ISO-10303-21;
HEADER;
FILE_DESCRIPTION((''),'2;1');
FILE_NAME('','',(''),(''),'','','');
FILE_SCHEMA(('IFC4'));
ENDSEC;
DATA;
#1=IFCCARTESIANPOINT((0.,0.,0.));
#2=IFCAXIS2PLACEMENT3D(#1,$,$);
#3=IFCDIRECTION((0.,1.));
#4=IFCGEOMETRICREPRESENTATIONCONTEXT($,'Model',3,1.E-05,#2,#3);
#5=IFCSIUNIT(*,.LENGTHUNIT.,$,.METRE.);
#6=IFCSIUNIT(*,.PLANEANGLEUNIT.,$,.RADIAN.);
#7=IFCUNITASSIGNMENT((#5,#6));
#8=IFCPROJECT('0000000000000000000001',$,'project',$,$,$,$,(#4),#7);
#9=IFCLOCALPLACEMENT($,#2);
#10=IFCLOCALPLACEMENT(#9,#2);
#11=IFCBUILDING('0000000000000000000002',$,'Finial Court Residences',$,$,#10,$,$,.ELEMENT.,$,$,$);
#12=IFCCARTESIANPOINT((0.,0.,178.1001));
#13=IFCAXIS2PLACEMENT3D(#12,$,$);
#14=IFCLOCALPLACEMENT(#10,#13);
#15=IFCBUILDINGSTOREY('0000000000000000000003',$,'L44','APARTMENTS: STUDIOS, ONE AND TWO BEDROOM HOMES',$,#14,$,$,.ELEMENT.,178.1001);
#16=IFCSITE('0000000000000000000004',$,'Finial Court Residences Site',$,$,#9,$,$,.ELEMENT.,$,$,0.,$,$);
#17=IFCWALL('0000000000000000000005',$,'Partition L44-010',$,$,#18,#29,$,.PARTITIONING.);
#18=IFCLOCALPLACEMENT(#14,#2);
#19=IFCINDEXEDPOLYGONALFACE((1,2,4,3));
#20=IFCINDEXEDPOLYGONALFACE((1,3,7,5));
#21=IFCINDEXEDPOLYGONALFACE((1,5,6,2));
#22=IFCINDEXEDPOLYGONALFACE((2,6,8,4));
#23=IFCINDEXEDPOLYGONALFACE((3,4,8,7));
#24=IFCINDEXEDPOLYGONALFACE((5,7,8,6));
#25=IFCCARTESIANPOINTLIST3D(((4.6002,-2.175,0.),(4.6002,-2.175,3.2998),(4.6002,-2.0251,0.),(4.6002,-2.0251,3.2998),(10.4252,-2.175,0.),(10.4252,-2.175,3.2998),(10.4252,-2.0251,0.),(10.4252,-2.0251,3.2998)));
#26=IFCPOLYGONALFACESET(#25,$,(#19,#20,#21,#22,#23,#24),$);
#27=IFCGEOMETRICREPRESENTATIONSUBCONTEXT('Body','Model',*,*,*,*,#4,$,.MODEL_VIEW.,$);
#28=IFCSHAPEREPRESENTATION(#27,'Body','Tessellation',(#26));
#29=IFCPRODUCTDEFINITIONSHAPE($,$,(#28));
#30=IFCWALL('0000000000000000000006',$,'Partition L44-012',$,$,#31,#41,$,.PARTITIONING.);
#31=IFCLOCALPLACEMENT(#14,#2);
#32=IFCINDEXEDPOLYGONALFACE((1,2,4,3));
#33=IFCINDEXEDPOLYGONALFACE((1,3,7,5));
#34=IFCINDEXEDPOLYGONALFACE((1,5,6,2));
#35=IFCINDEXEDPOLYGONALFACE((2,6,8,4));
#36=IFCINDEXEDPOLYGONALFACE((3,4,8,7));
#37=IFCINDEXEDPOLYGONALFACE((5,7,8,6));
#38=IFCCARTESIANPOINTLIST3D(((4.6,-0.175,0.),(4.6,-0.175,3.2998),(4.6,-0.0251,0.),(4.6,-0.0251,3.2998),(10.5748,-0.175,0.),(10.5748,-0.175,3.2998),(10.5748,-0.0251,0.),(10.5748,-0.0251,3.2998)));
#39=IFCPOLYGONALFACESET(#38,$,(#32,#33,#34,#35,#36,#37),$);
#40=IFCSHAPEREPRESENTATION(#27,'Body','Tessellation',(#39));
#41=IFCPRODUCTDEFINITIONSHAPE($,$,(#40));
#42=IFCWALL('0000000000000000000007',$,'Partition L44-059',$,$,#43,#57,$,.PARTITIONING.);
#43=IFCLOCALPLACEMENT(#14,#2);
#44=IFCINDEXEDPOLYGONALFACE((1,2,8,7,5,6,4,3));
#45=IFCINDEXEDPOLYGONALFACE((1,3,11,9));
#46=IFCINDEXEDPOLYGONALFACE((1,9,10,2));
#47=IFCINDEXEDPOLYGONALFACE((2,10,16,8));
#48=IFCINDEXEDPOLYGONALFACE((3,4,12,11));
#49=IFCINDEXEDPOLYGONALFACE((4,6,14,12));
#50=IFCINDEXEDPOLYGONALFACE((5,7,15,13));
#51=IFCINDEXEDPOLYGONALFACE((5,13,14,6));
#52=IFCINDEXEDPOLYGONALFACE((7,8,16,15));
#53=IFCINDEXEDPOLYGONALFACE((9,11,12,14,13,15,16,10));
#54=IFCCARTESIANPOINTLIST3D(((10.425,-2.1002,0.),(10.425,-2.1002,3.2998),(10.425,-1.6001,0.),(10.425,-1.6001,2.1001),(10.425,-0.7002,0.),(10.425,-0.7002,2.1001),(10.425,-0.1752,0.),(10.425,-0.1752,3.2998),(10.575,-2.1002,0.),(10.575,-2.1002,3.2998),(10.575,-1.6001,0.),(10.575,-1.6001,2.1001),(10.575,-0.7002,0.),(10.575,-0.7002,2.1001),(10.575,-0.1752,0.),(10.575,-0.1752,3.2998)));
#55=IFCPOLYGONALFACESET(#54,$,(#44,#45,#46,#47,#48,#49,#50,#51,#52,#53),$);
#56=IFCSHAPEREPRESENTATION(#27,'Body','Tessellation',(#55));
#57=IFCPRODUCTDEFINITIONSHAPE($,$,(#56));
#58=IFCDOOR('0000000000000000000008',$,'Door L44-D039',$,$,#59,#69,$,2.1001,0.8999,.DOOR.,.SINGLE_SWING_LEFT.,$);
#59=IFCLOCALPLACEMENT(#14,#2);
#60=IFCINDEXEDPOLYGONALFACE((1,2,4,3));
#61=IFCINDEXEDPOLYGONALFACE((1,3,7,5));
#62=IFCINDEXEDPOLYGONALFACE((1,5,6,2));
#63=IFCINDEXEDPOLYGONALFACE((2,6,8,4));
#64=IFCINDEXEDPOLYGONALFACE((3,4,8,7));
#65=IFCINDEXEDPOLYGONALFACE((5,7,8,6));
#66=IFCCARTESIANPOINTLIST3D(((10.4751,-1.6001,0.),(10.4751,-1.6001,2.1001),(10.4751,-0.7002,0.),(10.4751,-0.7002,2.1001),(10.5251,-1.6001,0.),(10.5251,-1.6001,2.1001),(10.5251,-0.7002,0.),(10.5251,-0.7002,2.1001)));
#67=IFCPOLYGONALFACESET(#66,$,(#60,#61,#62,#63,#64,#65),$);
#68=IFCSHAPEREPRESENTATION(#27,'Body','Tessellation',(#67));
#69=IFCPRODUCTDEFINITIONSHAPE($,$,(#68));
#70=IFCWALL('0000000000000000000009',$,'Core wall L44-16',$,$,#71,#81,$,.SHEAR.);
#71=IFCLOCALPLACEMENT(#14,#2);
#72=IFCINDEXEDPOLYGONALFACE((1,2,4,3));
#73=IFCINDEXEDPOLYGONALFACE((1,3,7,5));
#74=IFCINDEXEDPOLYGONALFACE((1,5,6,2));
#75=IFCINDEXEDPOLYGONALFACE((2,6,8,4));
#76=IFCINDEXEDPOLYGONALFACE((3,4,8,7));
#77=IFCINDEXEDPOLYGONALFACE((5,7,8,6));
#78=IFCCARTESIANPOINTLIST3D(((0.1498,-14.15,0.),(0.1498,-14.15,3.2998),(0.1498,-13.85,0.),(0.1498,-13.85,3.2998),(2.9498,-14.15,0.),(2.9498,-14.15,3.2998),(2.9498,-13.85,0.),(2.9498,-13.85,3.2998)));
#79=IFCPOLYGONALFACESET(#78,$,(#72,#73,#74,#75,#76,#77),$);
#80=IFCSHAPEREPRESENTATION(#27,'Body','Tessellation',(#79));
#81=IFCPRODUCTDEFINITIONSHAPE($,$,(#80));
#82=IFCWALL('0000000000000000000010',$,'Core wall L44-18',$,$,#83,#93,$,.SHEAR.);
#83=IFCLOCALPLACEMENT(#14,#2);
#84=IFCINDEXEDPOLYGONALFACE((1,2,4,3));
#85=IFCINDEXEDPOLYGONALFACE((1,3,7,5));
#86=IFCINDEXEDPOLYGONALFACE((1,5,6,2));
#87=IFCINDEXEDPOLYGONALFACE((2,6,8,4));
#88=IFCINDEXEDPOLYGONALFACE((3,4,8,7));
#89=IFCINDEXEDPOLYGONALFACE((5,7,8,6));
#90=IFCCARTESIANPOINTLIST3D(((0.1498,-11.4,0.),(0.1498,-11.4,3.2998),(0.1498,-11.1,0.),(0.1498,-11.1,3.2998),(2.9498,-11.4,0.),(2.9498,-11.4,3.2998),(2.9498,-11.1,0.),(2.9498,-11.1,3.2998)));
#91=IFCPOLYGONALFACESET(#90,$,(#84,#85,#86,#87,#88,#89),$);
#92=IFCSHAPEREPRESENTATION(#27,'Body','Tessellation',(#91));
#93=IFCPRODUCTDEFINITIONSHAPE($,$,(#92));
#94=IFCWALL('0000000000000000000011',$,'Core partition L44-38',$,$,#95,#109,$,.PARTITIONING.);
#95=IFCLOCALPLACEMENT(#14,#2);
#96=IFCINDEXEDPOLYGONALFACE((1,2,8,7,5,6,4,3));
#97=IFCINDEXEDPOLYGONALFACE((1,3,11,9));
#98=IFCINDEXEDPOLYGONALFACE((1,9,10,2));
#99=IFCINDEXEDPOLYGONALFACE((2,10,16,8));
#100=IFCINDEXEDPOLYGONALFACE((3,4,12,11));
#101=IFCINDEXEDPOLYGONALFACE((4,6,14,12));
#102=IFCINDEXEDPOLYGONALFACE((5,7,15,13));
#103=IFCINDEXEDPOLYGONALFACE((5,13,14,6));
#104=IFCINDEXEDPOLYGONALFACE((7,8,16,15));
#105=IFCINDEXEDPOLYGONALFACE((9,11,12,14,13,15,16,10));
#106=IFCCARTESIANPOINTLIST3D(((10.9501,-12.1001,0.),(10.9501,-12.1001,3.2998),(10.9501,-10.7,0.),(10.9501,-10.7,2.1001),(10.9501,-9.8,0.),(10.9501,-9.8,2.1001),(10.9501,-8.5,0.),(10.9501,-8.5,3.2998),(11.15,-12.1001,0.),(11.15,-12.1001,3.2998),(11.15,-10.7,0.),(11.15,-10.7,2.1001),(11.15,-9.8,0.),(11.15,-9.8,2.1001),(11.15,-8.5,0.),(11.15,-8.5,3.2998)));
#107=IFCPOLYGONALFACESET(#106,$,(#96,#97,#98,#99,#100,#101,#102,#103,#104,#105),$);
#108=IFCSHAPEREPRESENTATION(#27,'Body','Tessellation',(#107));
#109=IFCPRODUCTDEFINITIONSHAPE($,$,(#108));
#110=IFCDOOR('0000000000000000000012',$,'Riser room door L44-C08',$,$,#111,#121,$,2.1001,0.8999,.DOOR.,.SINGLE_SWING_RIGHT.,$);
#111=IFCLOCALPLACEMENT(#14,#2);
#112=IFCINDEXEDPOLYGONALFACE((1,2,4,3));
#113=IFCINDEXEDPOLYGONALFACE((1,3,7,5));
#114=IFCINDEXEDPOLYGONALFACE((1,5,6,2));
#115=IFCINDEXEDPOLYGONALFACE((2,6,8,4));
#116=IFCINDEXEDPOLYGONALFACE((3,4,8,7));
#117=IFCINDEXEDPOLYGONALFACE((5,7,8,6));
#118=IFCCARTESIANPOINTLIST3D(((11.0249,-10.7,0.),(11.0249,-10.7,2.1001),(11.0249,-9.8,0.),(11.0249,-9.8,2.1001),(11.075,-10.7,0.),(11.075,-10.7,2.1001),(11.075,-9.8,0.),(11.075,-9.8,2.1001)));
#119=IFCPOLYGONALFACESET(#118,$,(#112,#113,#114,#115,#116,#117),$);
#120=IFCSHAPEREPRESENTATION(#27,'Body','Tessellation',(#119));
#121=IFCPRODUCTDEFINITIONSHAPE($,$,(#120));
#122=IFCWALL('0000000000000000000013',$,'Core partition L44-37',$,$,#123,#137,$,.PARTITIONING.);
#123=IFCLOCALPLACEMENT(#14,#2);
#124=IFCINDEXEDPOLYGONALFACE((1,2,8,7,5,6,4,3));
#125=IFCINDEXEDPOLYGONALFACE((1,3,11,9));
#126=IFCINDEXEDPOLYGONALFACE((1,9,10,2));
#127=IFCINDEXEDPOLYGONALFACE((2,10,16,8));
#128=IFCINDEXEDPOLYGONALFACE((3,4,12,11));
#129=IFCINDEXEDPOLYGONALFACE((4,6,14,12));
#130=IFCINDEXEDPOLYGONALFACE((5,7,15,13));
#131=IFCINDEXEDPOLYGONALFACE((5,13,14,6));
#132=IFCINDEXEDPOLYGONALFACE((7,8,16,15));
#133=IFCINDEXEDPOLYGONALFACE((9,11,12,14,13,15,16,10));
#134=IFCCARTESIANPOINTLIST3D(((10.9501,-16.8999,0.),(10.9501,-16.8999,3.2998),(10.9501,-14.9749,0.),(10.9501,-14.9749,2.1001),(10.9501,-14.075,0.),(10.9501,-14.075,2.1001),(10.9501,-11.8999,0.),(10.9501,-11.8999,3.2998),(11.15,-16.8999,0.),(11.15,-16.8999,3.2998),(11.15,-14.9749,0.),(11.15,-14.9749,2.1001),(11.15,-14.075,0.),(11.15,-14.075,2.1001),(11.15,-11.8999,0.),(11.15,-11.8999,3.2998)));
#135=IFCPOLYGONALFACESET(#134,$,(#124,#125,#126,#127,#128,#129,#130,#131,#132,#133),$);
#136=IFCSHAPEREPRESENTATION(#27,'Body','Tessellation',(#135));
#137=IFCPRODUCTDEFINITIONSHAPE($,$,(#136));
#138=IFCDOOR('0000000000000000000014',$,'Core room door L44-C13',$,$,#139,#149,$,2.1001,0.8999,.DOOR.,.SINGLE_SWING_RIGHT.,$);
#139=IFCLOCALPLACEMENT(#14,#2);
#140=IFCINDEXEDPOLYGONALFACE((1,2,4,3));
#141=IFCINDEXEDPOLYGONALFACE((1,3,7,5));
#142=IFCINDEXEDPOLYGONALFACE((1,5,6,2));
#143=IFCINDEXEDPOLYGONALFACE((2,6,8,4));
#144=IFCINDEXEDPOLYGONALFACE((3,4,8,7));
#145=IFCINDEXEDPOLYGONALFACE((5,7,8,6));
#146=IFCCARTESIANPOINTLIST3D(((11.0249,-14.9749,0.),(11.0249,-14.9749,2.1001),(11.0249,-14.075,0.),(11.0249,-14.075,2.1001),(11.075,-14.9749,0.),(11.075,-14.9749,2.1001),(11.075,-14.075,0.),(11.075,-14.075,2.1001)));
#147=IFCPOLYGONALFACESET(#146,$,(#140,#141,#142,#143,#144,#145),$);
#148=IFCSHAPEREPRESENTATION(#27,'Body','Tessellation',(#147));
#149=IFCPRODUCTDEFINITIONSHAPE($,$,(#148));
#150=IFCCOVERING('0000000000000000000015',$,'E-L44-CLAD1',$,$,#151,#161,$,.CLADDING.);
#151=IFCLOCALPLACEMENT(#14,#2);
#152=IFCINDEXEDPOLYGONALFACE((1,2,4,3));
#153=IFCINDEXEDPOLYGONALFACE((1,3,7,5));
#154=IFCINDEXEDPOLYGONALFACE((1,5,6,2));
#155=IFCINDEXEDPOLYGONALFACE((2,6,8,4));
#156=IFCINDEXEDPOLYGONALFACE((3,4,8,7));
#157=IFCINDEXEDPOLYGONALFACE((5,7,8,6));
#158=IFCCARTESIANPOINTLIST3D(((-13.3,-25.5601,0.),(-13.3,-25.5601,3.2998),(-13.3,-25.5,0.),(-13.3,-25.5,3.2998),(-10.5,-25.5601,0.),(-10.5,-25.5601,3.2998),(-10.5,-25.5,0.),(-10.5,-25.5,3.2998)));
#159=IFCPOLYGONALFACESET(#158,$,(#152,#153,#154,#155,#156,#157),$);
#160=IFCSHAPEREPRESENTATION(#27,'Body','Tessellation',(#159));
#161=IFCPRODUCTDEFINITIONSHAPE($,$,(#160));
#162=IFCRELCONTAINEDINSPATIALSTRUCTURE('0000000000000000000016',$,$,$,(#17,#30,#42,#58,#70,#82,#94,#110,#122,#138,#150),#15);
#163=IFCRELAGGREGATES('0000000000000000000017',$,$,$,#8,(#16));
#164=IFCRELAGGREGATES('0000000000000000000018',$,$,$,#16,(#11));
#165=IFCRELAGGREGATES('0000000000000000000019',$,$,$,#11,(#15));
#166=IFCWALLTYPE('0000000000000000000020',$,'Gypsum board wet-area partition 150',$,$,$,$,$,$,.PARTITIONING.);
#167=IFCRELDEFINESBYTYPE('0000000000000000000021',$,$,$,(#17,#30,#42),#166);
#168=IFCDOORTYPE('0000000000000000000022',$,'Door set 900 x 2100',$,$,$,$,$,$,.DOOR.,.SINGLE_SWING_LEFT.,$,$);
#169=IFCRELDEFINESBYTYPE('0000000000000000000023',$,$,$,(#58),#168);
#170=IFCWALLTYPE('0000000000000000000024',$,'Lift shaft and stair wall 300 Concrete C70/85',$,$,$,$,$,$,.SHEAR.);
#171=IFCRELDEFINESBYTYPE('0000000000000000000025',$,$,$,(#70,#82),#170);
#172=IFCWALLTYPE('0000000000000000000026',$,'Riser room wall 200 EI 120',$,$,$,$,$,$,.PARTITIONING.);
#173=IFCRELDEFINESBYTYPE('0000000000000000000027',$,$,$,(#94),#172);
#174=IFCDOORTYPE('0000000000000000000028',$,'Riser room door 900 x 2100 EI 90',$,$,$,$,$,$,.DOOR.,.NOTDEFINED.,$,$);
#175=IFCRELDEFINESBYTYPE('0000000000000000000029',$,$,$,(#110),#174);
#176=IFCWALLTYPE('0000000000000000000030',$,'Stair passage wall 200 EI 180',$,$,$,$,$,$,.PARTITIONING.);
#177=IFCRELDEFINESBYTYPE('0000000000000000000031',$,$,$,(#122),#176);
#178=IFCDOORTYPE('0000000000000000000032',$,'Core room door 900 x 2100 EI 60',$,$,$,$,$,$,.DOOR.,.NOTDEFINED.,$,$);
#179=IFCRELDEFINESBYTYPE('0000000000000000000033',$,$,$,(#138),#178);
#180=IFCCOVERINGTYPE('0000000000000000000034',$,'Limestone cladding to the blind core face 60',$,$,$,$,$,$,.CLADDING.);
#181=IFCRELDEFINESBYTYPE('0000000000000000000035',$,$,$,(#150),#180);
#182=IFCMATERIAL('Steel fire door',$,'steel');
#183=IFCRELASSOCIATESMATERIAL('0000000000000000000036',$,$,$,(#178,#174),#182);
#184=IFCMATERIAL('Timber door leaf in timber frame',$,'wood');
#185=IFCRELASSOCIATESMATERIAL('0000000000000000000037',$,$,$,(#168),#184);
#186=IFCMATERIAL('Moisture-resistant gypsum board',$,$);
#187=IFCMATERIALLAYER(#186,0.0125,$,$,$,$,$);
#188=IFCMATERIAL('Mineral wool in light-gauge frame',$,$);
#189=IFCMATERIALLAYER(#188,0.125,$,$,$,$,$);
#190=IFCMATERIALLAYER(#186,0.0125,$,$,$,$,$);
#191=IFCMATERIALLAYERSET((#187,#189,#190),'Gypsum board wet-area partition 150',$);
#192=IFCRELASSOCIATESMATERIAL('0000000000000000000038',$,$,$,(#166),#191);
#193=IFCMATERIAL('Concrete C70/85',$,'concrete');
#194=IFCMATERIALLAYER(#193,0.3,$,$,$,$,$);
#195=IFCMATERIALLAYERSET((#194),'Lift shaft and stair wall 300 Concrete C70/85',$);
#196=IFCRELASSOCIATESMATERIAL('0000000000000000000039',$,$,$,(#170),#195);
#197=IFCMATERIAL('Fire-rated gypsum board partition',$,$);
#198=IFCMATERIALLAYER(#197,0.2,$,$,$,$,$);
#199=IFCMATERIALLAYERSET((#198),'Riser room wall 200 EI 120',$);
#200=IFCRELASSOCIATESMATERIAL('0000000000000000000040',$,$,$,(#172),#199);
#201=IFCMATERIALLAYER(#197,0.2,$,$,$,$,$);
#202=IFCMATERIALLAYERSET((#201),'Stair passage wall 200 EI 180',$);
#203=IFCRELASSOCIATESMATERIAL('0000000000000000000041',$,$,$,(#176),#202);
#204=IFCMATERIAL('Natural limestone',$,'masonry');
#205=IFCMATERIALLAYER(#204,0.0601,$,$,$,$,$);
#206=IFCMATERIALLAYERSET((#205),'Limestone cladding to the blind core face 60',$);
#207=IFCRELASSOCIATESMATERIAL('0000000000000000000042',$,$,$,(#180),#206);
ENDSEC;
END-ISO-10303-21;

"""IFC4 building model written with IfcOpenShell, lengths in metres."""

from ifc_helpers import new_model, si_unit, direction, frame, frame_2d, origin, place, context, subcontext, project, spatial, polyline, rectangle, outline, extrude, material, layer, layer_set, type_object, element, fill, save


model = new_model("IFC4")

# Units and contexts
model_context = context("Model", 3, precision=1e-05, world=origin(), true_north=direction((0.0, 1.0)))
body_context = subcontext(model_context, "Body", "Model", "MODEL_VIEW")
ifc_project = project(units=[si_unit("LENGTHUNIT", "METRE"), si_unit("PLANEANGLEUNIT", "RADIAN")], contexts=[model_context])

# Site, building, storey
site_placement = place(None, origin())
site = spatial("IfcSite", under=ifc_project, at=site_placement, Name="Finial Court Residences Site", CompositionType="ELEMENT", RefElevation=0.0)
building_placement = place(site_placement, origin())
building = spatial("IfcBuilding", under=site, at=building_placement, Name="Finial Court Residences", CompositionType="ELEMENT")
storey_placement = place(building_placement, frame((0.0, 0.0, 178.1001)))
storey = spatial("IfcBuildingStorey", under=building, at=storey_placement, Name="L44", Description="APARTMENTS: STUDIOS, ONE AND TWO BEDROOM HOMES", CompositionType="ELEMENT", Elevation=178.1001)

# Shared definitions
ifc_material_1 = material(Name="Fire-rated gypsum board partition")

# Shared definitions
ifc_material_2 = material(Name="Steel fire door", Category="steel")
door_type_1 = type_object("IfcDoorType", Name="Core room door 900 x 2100 EI 60", OperationType="NOTDEFINED", PredefinedType="DOOR", material=ifc_material_2)

# Shared definitions
ifc_material_3 = material(Name="Mineral wool in light-gauge frame")
ifc_material_4 = material(Name="Timber door leaf in timber frame", Category="wood")
door_type_2 = type_object("IfcDoorType", Name="Door set 900 x 2100", OperationType="SINGLE_SWING_LEFT", PredefinedType="DOOR", material=ifc_material_4)

# Walls
ifc_material_5 = material(Name="Moisture-resistant gypsum board")
ifc_layer_1 = layer(ifc_material_5, 0.0125)
ifc_layer_2 = layer(ifc_material_3, 0.125)
ifc_layer_3 = layer(ifc_material_5, 0.0125)
ifc_layer_set_1 = layer_set([ifc_layer_1, ifc_layer_2, ifc_layer_3], Name="Gypsum board wet-area partition 150")
wall_type_1 = type_object("IfcWallType", Name="Gypsum board wet-area partition 150", PredefinedType="PARTITIONING", material=ifc_layer_set_1)
wall_1_placement = place(storey_placement, frame((4.6001, -2.1001, 0.0), z_axis=(0.0, 0.0, 1.0), x_axis=(1.0, 0.0, 0.0)))
element("IfcWall", 1, at=wall_1_placement, inside=storey, type_object=wall_type_1, Name="Partition L44-010", PredefinedType="PARTITIONING", context=body_context, shape_type="SweptSolid", body=[
    extrude(rectangle(XDim=5.825, YDim=0.1499, at=frame_2d((2.9126, 0.0))), origin(), (0.0, 0.0, 1.0), 3.2998),
])
wall_2_placement = place(storey_placement, frame((4.6001, -0.1001, 0.0), z_axis=(0.0, 0.0, 1.0), x_axis=(1.0, 0.0, 0.0)))
element("IfcWall", 2, at=wall_2_placement, inside=storey, type_object=wall_type_1, Name="Partition L44-012", PredefinedType="PARTITIONING", context=body_context, shape_type="SweptSolid", body=[
    extrude(rectangle(XDim=5.9749, YDim=0.1499, at=frame_2d((2.9873, 0.0))), origin(), (0.0, 0.0, 1.0), 3.2998),
])

# Wall, opening, door
wall_3_placement = place(storey_placement, frame((10.5, -2.1001, 0.0), z_axis=(0.0, 0.0, 1.0), x_axis=(0.0, 1.0, 0.0)))
wall_3 = element("IfcWall", 3, at=wall_3_placement, inside=storey, type_object=wall_type_1, Name="Partition L44-059", PredefinedType="PARTITIONING", context=body_context, shape_type="SweptSolid", body=[
    extrude(rectangle(XDim=1.925, YDim=0.1499, at=frame_2d((0.9624, 0.0))), origin(), (0.0, 0.0, 1.0), 3.2998),
])
opening_1_placement = place(wall_3_placement, frame((0.5, 0.0, 0.0)))
opening_1 = element("IfcOpeningElement", 4, at=opening_1_placement, cuts=wall_3, PredefinedType="OPENING", context=body_context, shape_type="SweptSolid", body=[
    extrude(rectangle(XDim=0.8999, YDim=2.1001, at=frame_2d((0.45, 1.05))), frame((0.0, 0.085, 0.0), z_axis=(0.0, -1.0, 0.0), x_axis=(1.0, 0.0, 0.0)), (0.0, 0.0, 1.0), 0.1699),
])
door_1_placement = place(opening_1_placement, origin())
door_1 = element("IfcDoor", 5, at=door_1_placement, inside=storey, type_object=door_type_2, Name="Door L44-D039", OperationType="SINGLE_SWING_LEFT", OverallHeight=2.1001, OverallWidth=0.8999, PredefinedType="DOOR", context=body_context, shape_type="SweptSolid", body=[
    extrude(rectangle(XDim=0.8999, YDim=2.1001, at=frame_2d((0.45, 1.05))), frame((0.0, 0.0249, 0.0), z_axis=(0.0, -1.0, 0.0), x_axis=(1.0, 0.0, 0.0)), (0.0, 0.0, 1.0), 0.05),
])
fill(opening_1, door_1)

# Walls
ifc_material_6 = material(Name="Concrete C70/85", Category="concrete")
ifc_layer_4 = layer(ifc_material_6, 0.3)
ifc_layer_set_2 = layer_set([ifc_layer_4], Name="Lift shaft and stair wall 300 Concrete C70/85")
wall_type_2 = type_object("IfcWallType", Name="Lift shaft and stair wall 300 Concrete C70/85", PredefinedType="SHEAR", material=ifc_layer_set_2)
for number, where, z_axis, x_axis, name in (
    (6, (0.1499, -14.0, 0.0), (0.0, 0.0, 1.0), (1.0, 0.0, 0.0), "Core wall L44-16"),
    (7, (0.1499, -11.25, 0.0), (0.0, 0.0, 1.0), (1.0, 0.0, 0.0), "Core wall L44-18"),
):
    element("IfcWall", number, at=place(storey_placement, frame(where, z_axis=z_axis, x_axis=x_axis)), inside=storey, type_object=wall_type_2, Name=name, PredefinedType="SHEAR", context=body_context, shape_type="SweptSolid", body=[
        extrude(rectangle(XDim=2.8, YDim=0.3, at=frame_2d((1.3999, 0.0))), origin(), (0.0, 0.0, 1.0), 3.2998),
    ])

# Walls, openings, doors
ifc_layer_5 = layer(ifc_material_1, 0.2)
ifc_layer_set_3 = layer_set([ifc_layer_5], Name="Riser room wall 200 EI 120")
wall_type_3 = type_object("IfcWallType", Name="Riser room wall 200 EI 120", PredefinedType="PARTITIONING", material=ifc_layer_set_3)
wall_4_placement = place(storey_placement, frame((11.05, -8.5, 0.0), z_axis=(0.0, 0.0, 1.0), x_axis=(0.0, -1.0, 0.0)))
wall_4 = element("IfcWall", 8, at=wall_4_placement, inside=storey, type_object=wall_type_3, Name="Core partition L44-38", PredefinedType="PARTITIONING", context=body_context, shape_type="SweptSolid", body=[
    extrude(rectangle(XDim=3.6001, YDim=0.2, at=frame_2d((1.8, 0.0))), origin(), (0.0, 0.0, 1.0), 3.2998),
])
opening_2_placement = place(wall_4_placement, frame((1.3, 0.0, 0.0)))
opening_2 = element("IfcOpeningElement", 9, at=opening_2_placement, cuts=wall_4, PredefinedType="OPENING", context=body_context, shape_type="SweptSolid", body=[
    extrude(rectangle(XDim=0.8999, YDim=2.1001, at=frame_2d((0.45, 1.05))), frame((0.0, 0.1099, 0.0), z_axis=(0.0, -1.0, 0.0), x_axis=(1.0, 0.0, 0.0)), (0.0, 0.0, 1.0), 0.22),
])
door_type_3 = type_object("IfcDoorType", Name="Riser room door 900 x 2100 EI 90", OperationType="NOTDEFINED", PredefinedType="DOOR", material=ifc_material_2)
door_2_placement = place(opening_2_placement, origin())
door_2 = element("IfcDoor", 10, at=door_2_placement, inside=storey, type_object=door_type_3, Name="Riser room door L44-C08", OperationType="SINGLE_SWING_RIGHT", OverallHeight=2.1001, OverallWidth=0.8999, PredefinedType="DOOR", context=body_context, shape_type="SweptSolid", body=[
    extrude(rectangle(XDim=0.8999, YDim=2.1001, at=frame_2d((0.45, 1.05))), frame((0.0, 0.0249, 0.0), z_axis=(0.0, -1.0, 0.0), x_axis=(1.0, 0.0, 0.0)), (0.0, 0.0, 1.0), 0.05),
])
fill(opening_2, door_2)
ifc_layer_6 = layer(ifc_material_1, 0.2)
ifc_layer_set_4 = layer_set([ifc_layer_6], Name="Stair passage wall 200 EI 180")
wall_type_4 = type_object("IfcWallType", Name="Stair passage wall 200 EI 180", PredefinedType="PARTITIONING", material=ifc_layer_set_4)
wall_5_placement = place(storey_placement, frame((11.05, -11.8999, 0.0), z_axis=(0.0, 0.0, 1.0), x_axis=(0.0, -1.0, 0.0)))
wall_5 = element("IfcWall", 11, at=wall_5_placement, inside=storey, type_object=wall_type_4, Name="Core partition L44-37", PredefinedType="PARTITIONING", context=body_context, shape_type="SweptSolid", body=[
    extrude(rectangle(XDim=5.0, YDim=0.2, at=frame_2d((2.5, 0.0))), origin(), (0.0, 0.0, 1.0), 3.2998),
])
opening_3_placement = place(wall_5_placement, frame((2.175, 0.0, 0.0)))
opening_3 = element("IfcOpeningElement", 12, at=opening_3_placement, cuts=wall_5, PredefinedType="OPENING", context=body_context, shape_type="SweptSolid", body=[
    extrude(rectangle(XDim=0.8999, YDim=2.1001, at=frame_2d((0.45, 1.05))), frame((0.0, 0.1099, 0.0), z_axis=(0.0, -1.0, 0.0), x_axis=(1.0, 0.0, 0.0)), (0.0, 0.0, 1.0), 0.22),
])
door_3_placement = place(opening_3_placement, origin())
door_3 = element("IfcDoor", 13, at=door_3_placement, inside=storey, type_object=door_type_1, Name="Core room door L44-C13", OperationType="SINGLE_SWING_RIGHT", OverallHeight=2.1001, OverallWidth=0.8999, PredefinedType="DOOR", context=body_context, shape_type="SweptSolid", body=[
    extrude(rectangle(XDim=0.8999, YDim=2.1001, at=frame_2d((0.45, 1.05))), frame((0.0, 0.0249, 0.0), z_axis=(0.0, -1.0, 0.0), x_axis=(1.0, 0.0, 0.0)), (0.0, 0.0, 1.0), 0.05),
])
fill(opening_3, door_3)

# Covering
ifc_material_7 = material(Name="Natural limestone", Category="masonry")
ifc_layer_7 = layer(ifc_material_7, 0.0601)
ifc_layer_set_5 = layer_set([ifc_layer_7], Name="Limestone cladding to the blind core face 60")
covering_type = type_object("IfcCoveringType", Name="Limestone cladding to the blind core face 60", PredefinedType="CLADDING", material=ifc_layer_set_5)
covering_placement = place(storey_placement, origin())
element("IfcCovering", 14, at=covering_placement, inside=storey, type_object=covering_type, Name="E-L44-CLAD1", PredefinedType="CLADDING", context=body_context, shape_type="SweptSolid", body=[
    extrude(outline(polyline([(-10.5, -25.5601), (-10.5, -25.5), (-13.3, -25.5), (-13.3, -25.5601), (-10.5, -25.5601)])), origin(), (0.0, 0.0, 1.0), 3.2998),
])

save(model, "model.ifc")
